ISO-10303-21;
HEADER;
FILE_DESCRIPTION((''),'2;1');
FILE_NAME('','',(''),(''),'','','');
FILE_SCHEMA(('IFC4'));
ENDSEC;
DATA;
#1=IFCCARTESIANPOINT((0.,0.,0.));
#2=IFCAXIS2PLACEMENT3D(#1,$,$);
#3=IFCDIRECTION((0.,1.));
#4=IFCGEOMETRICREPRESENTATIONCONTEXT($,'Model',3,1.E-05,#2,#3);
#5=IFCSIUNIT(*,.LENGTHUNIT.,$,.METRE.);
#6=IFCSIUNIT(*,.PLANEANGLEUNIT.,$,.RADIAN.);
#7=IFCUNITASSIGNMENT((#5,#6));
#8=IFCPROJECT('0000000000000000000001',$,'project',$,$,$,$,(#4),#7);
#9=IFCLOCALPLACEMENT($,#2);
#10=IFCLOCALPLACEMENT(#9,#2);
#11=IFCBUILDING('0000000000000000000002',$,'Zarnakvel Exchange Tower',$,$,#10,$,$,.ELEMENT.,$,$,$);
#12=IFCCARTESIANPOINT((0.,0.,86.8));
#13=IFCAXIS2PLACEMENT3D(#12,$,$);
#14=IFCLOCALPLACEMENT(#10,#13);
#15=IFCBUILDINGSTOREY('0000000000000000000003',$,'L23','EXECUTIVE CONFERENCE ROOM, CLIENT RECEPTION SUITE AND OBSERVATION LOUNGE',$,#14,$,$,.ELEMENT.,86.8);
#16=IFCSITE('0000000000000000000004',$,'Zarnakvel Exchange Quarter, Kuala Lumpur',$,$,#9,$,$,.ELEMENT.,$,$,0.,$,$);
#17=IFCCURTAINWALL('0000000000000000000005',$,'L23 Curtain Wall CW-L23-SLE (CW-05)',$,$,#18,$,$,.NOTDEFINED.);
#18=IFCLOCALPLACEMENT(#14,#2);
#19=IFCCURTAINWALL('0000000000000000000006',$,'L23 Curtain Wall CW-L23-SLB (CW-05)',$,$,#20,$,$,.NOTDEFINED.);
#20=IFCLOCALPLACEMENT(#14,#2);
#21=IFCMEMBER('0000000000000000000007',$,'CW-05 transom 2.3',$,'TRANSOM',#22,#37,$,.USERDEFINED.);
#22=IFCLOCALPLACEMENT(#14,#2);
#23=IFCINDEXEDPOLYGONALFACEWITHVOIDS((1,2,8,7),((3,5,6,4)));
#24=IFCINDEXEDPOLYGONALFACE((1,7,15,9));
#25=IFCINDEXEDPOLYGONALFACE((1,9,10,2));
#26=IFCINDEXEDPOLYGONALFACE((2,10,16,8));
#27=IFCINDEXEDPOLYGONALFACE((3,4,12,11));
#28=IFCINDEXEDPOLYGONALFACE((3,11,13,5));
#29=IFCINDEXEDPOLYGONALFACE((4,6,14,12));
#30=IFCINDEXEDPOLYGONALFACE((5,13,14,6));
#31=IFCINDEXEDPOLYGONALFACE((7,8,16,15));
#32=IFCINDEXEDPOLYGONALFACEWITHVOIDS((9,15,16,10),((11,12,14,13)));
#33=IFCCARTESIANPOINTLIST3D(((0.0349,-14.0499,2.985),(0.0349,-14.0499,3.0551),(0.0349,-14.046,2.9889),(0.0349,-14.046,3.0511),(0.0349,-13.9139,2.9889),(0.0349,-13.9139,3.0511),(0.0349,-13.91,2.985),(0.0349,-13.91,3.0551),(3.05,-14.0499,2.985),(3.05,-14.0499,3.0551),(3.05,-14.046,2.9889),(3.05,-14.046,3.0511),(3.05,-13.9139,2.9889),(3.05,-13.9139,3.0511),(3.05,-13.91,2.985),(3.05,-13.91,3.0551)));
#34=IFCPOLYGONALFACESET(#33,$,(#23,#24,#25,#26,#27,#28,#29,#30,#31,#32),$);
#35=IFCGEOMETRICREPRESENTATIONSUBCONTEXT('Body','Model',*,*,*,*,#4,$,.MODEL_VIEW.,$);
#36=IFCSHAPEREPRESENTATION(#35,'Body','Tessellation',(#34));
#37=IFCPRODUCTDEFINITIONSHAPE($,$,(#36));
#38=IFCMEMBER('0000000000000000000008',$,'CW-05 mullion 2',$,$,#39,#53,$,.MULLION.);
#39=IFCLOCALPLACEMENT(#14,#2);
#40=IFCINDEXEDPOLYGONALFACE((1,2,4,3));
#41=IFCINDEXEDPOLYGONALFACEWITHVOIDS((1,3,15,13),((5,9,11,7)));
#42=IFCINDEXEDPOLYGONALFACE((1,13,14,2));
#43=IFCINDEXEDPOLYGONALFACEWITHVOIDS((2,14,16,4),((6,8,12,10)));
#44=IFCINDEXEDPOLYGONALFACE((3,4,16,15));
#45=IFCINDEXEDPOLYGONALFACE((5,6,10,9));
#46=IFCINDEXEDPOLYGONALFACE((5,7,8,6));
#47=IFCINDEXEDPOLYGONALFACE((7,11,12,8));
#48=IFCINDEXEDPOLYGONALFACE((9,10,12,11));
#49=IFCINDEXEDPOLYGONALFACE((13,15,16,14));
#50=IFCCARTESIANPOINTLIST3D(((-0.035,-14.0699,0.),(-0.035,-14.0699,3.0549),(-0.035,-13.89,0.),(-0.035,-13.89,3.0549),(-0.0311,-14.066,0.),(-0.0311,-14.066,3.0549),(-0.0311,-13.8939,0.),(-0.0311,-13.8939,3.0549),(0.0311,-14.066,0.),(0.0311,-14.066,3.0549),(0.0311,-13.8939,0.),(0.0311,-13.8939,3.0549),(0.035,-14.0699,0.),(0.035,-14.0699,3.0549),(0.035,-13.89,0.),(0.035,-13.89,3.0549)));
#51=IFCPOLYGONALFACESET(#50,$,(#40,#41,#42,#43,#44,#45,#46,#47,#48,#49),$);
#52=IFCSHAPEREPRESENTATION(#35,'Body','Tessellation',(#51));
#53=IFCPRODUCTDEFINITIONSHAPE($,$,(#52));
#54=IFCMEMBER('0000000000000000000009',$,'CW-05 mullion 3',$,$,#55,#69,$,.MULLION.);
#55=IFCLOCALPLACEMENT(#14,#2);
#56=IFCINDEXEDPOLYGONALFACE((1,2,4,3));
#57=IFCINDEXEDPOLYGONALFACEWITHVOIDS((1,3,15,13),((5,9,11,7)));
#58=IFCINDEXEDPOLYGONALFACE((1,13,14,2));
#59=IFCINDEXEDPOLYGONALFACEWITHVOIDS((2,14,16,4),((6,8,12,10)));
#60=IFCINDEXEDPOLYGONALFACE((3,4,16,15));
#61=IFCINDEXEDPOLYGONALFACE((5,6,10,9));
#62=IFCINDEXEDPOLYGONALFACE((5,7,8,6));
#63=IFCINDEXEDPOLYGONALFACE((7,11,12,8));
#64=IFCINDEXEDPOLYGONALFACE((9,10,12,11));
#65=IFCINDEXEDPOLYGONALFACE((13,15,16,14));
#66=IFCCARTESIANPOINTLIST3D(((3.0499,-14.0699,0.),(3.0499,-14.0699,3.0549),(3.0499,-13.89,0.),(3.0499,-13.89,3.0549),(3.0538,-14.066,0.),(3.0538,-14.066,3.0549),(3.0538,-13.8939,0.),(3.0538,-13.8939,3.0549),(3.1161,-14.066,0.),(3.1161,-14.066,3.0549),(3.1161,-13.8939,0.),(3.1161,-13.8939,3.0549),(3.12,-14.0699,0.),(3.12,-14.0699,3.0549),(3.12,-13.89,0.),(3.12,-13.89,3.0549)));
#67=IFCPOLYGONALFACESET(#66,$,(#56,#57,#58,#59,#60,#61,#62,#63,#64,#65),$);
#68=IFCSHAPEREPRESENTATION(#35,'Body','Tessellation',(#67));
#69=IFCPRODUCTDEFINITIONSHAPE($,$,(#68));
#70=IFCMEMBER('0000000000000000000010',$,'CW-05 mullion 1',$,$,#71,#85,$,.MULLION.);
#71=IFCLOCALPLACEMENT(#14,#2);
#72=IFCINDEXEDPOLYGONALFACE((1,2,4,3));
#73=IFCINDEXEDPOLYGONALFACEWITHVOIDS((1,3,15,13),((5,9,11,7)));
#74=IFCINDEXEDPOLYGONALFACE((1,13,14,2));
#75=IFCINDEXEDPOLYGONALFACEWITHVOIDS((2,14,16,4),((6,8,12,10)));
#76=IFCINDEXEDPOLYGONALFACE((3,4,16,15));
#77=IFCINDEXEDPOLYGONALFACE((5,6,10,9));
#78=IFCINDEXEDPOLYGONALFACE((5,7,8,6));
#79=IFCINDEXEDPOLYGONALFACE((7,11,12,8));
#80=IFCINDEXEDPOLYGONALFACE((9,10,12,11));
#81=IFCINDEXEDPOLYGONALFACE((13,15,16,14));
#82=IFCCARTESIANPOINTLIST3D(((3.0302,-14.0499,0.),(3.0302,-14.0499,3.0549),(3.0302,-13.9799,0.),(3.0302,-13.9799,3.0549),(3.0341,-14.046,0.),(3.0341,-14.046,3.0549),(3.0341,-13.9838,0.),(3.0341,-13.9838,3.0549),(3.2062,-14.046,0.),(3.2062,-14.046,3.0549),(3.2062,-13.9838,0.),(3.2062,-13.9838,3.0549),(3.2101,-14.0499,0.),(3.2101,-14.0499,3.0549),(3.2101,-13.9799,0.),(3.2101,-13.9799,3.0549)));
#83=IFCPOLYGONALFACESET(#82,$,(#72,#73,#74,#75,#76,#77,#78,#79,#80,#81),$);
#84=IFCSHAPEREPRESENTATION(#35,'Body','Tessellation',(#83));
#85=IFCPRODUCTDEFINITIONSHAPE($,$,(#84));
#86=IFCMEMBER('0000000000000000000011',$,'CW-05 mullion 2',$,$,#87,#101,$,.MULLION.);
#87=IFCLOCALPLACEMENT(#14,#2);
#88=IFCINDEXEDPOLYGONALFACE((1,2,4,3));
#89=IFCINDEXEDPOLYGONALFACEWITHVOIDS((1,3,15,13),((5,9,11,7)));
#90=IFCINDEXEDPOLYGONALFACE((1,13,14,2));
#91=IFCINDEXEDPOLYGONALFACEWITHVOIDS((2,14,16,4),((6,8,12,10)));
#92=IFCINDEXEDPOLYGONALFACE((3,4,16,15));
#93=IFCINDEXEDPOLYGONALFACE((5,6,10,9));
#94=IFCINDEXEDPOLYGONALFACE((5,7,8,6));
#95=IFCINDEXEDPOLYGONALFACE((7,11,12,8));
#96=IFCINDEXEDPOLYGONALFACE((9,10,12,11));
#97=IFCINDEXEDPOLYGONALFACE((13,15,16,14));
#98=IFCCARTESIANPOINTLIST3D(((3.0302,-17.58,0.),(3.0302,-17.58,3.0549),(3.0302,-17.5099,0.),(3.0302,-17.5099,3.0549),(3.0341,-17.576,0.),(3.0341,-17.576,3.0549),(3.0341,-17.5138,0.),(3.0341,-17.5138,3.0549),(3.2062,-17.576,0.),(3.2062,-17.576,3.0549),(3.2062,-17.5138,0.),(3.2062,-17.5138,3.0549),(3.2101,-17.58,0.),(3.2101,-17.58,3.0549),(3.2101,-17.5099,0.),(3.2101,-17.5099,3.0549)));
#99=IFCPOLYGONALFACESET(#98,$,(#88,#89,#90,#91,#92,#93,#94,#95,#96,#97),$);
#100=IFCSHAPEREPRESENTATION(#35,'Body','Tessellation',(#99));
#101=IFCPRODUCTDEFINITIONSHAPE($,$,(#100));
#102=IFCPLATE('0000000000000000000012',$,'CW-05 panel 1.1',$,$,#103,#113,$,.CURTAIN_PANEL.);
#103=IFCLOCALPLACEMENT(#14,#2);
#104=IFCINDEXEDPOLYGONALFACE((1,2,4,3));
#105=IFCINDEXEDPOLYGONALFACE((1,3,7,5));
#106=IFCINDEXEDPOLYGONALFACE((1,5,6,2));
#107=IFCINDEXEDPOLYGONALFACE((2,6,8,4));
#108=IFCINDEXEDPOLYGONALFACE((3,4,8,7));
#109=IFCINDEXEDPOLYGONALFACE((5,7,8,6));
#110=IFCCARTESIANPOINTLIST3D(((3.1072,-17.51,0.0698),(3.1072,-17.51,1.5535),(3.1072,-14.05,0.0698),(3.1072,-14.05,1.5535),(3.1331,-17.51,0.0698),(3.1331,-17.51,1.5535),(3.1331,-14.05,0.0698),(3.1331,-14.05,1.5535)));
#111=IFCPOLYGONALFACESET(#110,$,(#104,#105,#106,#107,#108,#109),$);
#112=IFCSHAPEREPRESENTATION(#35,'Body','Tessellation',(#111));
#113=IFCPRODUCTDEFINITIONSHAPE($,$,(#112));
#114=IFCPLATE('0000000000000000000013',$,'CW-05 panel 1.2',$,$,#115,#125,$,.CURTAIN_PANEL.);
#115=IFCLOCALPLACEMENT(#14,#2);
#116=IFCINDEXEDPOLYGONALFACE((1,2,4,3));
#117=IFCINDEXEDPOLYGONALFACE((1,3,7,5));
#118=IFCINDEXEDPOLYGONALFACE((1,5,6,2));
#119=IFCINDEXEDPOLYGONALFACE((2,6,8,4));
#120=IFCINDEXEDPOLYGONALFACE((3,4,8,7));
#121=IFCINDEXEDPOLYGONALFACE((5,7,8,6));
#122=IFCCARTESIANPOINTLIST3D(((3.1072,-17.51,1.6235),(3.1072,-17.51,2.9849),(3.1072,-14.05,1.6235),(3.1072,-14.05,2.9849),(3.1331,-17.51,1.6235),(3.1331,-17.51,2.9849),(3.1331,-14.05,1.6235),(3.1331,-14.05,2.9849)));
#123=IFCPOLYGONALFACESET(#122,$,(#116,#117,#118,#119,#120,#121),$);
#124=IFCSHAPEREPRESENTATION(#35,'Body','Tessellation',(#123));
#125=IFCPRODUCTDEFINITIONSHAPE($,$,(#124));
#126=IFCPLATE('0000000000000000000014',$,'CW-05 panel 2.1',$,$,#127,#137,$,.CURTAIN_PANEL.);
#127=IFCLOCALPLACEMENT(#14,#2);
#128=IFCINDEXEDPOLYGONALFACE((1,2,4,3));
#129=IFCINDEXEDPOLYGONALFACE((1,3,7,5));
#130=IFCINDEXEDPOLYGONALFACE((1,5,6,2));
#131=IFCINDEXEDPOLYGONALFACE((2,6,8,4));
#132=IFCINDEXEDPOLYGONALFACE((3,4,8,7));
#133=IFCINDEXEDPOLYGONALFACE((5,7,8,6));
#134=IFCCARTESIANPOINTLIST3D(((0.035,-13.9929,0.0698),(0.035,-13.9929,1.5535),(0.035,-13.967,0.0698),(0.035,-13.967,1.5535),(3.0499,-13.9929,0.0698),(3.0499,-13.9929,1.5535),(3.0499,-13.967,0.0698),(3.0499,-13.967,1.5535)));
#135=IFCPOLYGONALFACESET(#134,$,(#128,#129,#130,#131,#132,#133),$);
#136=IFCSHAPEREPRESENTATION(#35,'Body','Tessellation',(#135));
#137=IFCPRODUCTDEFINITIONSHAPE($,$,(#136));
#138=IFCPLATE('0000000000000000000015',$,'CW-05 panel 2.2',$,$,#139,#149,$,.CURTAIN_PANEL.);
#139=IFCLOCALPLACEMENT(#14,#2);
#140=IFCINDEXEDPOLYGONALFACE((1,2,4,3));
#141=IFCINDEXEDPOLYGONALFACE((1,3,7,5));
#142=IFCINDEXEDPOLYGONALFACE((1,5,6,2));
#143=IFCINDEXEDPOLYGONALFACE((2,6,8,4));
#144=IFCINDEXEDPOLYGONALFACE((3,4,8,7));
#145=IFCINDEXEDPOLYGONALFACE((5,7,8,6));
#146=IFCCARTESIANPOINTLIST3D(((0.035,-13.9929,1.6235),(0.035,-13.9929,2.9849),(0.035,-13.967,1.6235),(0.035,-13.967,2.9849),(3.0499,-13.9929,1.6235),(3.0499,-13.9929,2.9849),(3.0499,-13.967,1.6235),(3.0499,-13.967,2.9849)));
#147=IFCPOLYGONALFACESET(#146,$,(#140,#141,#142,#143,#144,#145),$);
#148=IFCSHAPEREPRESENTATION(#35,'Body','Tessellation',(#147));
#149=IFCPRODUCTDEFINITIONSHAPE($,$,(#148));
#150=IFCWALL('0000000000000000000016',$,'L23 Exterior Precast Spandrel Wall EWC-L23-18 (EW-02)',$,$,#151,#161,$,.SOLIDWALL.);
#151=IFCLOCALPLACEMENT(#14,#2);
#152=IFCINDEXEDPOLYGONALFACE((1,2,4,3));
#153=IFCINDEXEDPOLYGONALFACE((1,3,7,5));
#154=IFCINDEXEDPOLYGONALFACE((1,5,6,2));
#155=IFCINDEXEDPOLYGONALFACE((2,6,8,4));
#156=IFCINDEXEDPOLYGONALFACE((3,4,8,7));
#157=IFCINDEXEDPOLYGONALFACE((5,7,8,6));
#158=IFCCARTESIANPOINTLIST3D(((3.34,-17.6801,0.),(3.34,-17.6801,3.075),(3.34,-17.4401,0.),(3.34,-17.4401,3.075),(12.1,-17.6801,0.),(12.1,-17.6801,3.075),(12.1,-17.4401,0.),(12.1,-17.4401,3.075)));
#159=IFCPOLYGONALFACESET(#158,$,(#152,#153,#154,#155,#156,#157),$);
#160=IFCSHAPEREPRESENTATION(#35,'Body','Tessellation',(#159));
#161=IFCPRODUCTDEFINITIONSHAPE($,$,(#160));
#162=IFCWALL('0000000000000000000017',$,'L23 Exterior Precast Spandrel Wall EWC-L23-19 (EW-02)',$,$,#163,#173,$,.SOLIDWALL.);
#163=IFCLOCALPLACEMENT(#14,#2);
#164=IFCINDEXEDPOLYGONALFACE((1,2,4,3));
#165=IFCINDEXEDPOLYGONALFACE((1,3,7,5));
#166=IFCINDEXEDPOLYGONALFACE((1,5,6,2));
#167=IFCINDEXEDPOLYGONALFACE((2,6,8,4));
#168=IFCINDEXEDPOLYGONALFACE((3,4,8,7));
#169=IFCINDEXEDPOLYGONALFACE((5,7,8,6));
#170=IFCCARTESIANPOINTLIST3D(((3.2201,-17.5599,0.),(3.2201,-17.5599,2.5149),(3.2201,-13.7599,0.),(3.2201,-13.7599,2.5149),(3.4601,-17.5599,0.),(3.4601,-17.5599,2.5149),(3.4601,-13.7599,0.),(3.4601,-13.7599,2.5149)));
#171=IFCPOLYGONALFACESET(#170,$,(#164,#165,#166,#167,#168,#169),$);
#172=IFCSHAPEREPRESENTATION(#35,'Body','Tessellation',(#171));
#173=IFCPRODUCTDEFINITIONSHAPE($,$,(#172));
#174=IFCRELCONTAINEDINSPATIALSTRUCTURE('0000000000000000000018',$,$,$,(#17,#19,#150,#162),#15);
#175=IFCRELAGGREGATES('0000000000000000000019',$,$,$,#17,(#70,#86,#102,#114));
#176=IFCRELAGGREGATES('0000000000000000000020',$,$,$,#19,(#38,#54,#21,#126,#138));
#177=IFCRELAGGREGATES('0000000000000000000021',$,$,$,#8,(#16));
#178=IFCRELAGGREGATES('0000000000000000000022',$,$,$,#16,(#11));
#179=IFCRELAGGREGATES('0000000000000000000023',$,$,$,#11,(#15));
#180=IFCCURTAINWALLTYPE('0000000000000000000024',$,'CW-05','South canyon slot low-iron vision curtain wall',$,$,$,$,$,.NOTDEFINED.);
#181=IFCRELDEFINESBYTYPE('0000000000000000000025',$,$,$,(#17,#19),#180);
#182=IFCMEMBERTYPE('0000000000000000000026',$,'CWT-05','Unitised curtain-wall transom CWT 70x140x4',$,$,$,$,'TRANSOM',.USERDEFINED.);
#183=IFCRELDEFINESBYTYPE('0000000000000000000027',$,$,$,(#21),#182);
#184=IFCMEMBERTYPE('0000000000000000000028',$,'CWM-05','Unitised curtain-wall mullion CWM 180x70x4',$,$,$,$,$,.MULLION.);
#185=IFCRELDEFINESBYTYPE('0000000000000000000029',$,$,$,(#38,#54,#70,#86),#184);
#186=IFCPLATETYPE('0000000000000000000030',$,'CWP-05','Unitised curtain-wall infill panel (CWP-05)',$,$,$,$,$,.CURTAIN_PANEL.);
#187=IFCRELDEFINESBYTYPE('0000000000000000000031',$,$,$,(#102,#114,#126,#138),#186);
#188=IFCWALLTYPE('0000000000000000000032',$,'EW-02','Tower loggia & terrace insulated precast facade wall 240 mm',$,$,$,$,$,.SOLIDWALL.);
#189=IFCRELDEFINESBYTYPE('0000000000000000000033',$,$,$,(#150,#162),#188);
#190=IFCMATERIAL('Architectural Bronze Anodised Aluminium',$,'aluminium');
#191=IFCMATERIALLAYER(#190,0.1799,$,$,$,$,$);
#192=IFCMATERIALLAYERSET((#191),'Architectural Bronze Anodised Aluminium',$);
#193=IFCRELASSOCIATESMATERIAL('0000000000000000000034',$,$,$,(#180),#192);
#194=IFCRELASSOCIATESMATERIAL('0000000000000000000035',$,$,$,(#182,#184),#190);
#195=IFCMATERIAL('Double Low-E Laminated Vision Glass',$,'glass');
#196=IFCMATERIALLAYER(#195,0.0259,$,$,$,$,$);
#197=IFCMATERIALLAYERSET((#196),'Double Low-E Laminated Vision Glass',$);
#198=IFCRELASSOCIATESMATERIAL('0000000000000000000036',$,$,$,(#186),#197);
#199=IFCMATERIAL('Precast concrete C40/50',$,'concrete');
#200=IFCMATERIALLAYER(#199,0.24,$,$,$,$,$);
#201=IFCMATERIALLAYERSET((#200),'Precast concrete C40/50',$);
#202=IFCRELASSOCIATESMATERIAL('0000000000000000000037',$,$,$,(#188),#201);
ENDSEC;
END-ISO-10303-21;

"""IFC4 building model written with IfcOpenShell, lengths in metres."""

from ifc_helpers import new_model, si_unit, direction, frame, frame_2d, origin, origin_2d, place, context, subcontext, project, spatial, rectangle, hollow_rectangle, extrude, source, transform, mapped, material, layer, layer_set, material_profile, profile_set, type_object, element, aggregate, save


model = new_model("IFC4")

# Units and contexts
model_context = context("Model", 3, precision=1e-05, world=origin(), true_north=direction((0.0, 1.0)))
body_context = subcontext(model_context, "Body", "Model", "MODEL_VIEW")
ifc_project = project(units=[si_unit("LENGTHUNIT", "METRE"), si_unit("PLANEANGLEUNIT", "RADIAN")], contexts=[model_context])

# Site, building, storey
site_placement = place(None, origin())
site = spatial("IfcSite", under=ifc_project, at=site_placement, Name="Zarnakvel Exchange Quarter, Kuala Lumpur", CompositionType="ELEMENT", RefElevation=0.0)
building_placement = place(site_placement, origin())
building = spatial("IfcBuilding", under=site, at=building_placement, Name="Zarnakvel Exchange Tower", CompositionType="ELEMENT")
storey_placement = place(building_placement, frame((0.0, 0.0, 86.8)))
storey = spatial("IfcBuildingStorey", under=building, at=storey_placement, Name="L23", Description="EXECUTIVE CONFERENCE ROOM, CLIENT RECEPTION SUITE AND OBSERVATION LOUNGE", CompositionType="ELEMENT", Elevation=86.8)

# Curtain walls, members
ifc_material_1 = material(Name="Architectural Bronze Anodised Aluminium", Category="aluminium")
ifc_layer_1 = layer(ifc_material_1, 0.1799)
ifc_layer_set_1 = layer_set([ifc_layer_1], Name="Architectural Bronze Anodised Aluminium")
curtain_wall_type = type_object("IfcCurtainWallType", Name="CW-05", Description="South canyon slot low-iron vision curtain wall", PredefinedType="NOTDEFINED", material=ifc_layer_set_1)
curtain_wall_1_placement = place(storey_placement, origin())
curtain_wall_1 = element("IfcCurtainWall", 1, at=curtain_wall_1_placement, inside=storey, type_object=curtain_wall_type, Name="L23 Curtain Wall CW-L23-SLE (CW-05)", PredefinedType="NOTDEFINED")
ifc_material_profile_1 = material_profile(ifc_material_1, hollow_rectangle(XDim=0.1399, YDim=0.0701, WallThickness=0.0039, at=origin_2d()))
ifc_profile_set_1 = profile_set([ifc_material_profile_1], Name="Architectural Bronze Anodised Aluminium")
member_type_1 = type_object("IfcMemberType", Name="CWT-05", Description="Unitised curtain-wall transom CWT 70x140x4", ElementType="TRANSOM", PredefinedType="USERDEFINED", material=ifc_profile_set_1)
curtain_wall_2_placement = place(storey_placement, origin())
curtain_wall_2 = element("IfcCurtainWall", 2, at=curtain_wall_2_placement, inside=storey, type_object=curtain_wall_type, Name="L23 Curtain Wall CW-L23-SLB (CW-05)", PredefinedType="NOTDEFINED")
shared_shape_1 = source(origin(), body_context, "Body", "SweptSolid", [
    extrude(hollow_rectangle(XDim=0.1399, YDim=0.0701, WallThickness=0.0039, at=origin_2d()), origin(), (0.0, 0.0, 1.0), 3.0151),
])
member_1_placement = place(storey_placement, frame((0.0349, -13.98, 3.02), z_axis=(1.0, 0.0, 0.0), x_axis=(0.0, 1.0, 0.0)))
member_1 = element("IfcMember", 3, at=member_1_placement, type_object=member_type_1, Name="CW-05 transom 2.3", ObjectType="TRANSOM", PredefinedType="USERDEFINED", context=body_context, shape_type="MappedRepresentation", body=[
    mapped(shared_shape_1, transform((0.0, 0.0, 0.0), x_axis=(1.0, 0.0, 0.0), y_axis=(0.0, 1.0, 0.0), z_axis=(0.0, 0.0, 1.0), scale=1.0)),
])
ifc_material_profile_2 = material_profile(ifc_material_1, hollow_rectangle(XDim=0.1799, YDim=0.0701, WallThickness=0.0039, at=origin_2d()))
ifc_profile_set_2 = profile_set([ifc_material_profile_2], Name="Architectural Bronze Anodised Aluminium")
member_type_2 = type_object("IfcMemberType", Name="CWM-05", Description="Unitised curtain-wall mullion CWM 180x70x4", PredefinedType="MULLION", material=ifc_profile_set_2)
shared_shape_2 = source(origin(), body_context, "Body", "SweptSolid", [
    extrude(hollow_rectangle(XDim=0.1799, YDim=0.0701, WallThickness=0.0039, at=origin_2d()), origin(), (0.0, 0.0, 1.0), 3.0549),
])
member_2_placement = place(storey_placement, frame((0.0, -13.98, 0.0), z_axis=(0.0, 0.0, 1.0), x_axis=(0.0, 1.0, 0.0)))
member_2 = element("IfcMember", 4, at=member_2_placement, type_object=member_type_2, Name="CW-05 mullion 2", PredefinedType="MULLION", context=body_context, shape_type="MappedRepresentation", body=[
    mapped(shared_shape_2, transform((0.0, 0.0, 0.0), x_axis=(1.0, 0.0, 0.0), y_axis=(0.0, 1.0, 0.0), z_axis=(0.0, 0.0, 1.0), scale=1.0)),
])
member_3_placement = place(storey_placement, frame((3.085, -13.98, 0.0), z_axis=(0.0, 0.0, 1.0), x_axis=(0.0, 1.0, 0.0)))
member_3 = element("IfcMember", 5, at=member_3_placement, type_object=member_type_2, Name="CW-05 mullion 3", PredefinedType="MULLION", context=body_context, shape_type="MappedRepresentation", body=[
    mapped(shared_shape_2, transform((0.0, 0.0, 0.0), x_axis=(1.0, 0.0, 0.0), y_axis=(0.0, 1.0, 0.0), z_axis=(0.0, 0.0, 1.0), scale=1.0)),
])

# Members
member_4_placement = place(storey_placement, frame((3.1201, -14.0149, 0.0), z_axis=(0.0, 0.0, 1.0), x_axis=(1.0, 0.0, 0.0)))
member_4 = element("IfcMember", 6, at=member_4_placement, type_object=member_type_2, Name="CW-05 mullion 1", PredefinedType="MULLION", context=body_context, shape_type="MappedRepresentation", body=[
    mapped(shared_shape_2, transform((0.0, 0.0, 0.0), x_axis=(1.0, 0.0, 0.0), y_axis=(0.0, 1.0, 0.0), z_axis=(0.0, 0.0, 1.0), scale=1.0)),
])
member_5_placement = place(storey_placement, frame((3.1201, -17.5449, 0.0), z_axis=(0.0, 0.0, 1.0), x_axis=(1.0, 0.0, 0.0)))
member_5 = element("IfcMember", 7, at=member_5_placement, type_object=member_type_2, Name="CW-05 mullion 2", PredefinedType="MULLION", context=body_context, shape_type="MappedRepresentation", body=[
    mapped(shared_shape_2, transform((0.0, 0.0, 0.0), x_axis=(1.0, 0.0, 0.0), y_axis=(0.0, 1.0, 0.0), z_axis=(0.0, 0.0, 1.0), scale=1.0)),
])

# Plates
ifc_material_2 = material(Name="Double Low-E Laminated Vision Glass", Category="glass")
ifc_layer_2 = layer(ifc_material_2, 0.0259)
ifc_layer_set_2 = layer_set([ifc_layer_2], Name="Double Low-E Laminated Vision Glass")
plate_type = type_object("IfcPlateType", Name="CWP-05", Description="Unitised curtain-wall infill panel (CWP-05)", PredefinedType="CURTAIN_PANEL", material=ifc_layer_set_2)
shared_shape_3 = source(origin(), body_context, "Body", "SweptSolid", [
    extrude(rectangle(XDim=3.46, YDim=0.0259, at=origin_2d()), origin(), (0.0, 0.0, 1.0), 1.4836),
])
plate_1_placement = place(storey_placement, frame((3.1201, -15.78, 0.0698), z_axis=(0.0, 0.0, 1.0), x_axis=(0.0, -1.0, 0.0)))
plate_1 = element("IfcPlate", 8, at=plate_1_placement, type_object=plate_type, Name="CW-05 panel 1.1", PredefinedType="CURTAIN_PANEL", context=body_context, shape_type="MappedRepresentation", body=[
    mapped(shared_shape_3, transform((0.0, 0.0, 0.0), x_axis=(1.0, 0.0, 0.0), y_axis=(0.0, 1.0, 0.0), z_axis=(0.0, 0.0, 1.0), scale=1.0)),
])
shared_shape_4 = source(origin(), body_context, "Body", "SweptSolid", [
    extrude(rectangle(XDim=3.46, YDim=0.0259, at=origin_2d()), origin(), (0.0, 0.0, 1.0), 1.3613),
])
plate_2_placement = place(storey_placement, frame((3.1201, -15.78, 1.6235), z_axis=(0.0, 0.0, 1.0), x_axis=(0.0, -1.0, 0.0)))
plate_2 = element("IfcPlate", 9, at=plate_2_placement, type_object=plate_type, Name="CW-05 panel 1.2", PredefinedType="CURTAIN_PANEL", context=body_context, shape_type="MappedRepresentation", body=[
    mapped(shared_shape_4, transform((0.0, 0.0, 0.0), x_axis=(1.0, 0.0, 0.0), y_axis=(0.0, 1.0, 0.0), z_axis=(0.0, 0.0, 1.0), scale=1.0)),
])
aggregate(curtain_wall_1, [member_4, member_5, plate_1, plate_2])
shared_shape_5 = source(origin(), body_context, "Body", "SweptSolid", [
    extrude(rectangle(XDim=3.0149, YDim=0.0259, at=origin_2d()), origin(), (0.0, 0.0, 1.0), 1.4836),
])
plate_3_placement = place(storey_placement, frame((1.5425, -13.98, 0.0698), z_axis=(0.0, 0.0, 1.0), x_axis=(1.0, 0.0, 0.0)))
plate_3 = element("IfcPlate", 10, at=plate_3_placement, type_object=plate_type, Name="CW-05 panel 2.1", PredefinedType="CURTAIN_PANEL", context=body_context, shape_type="MappedRepresentation", body=[
    mapped(shared_shape_5, transform((0.0, 0.0, 0.0), x_axis=(1.0, 0.0, 0.0), y_axis=(0.0, 1.0, 0.0), z_axis=(0.0, 0.0, 1.0), scale=1.0)),
])
shared_shape_6 = source(origin(), body_context, "Body", "SweptSolid", [
    extrude(rectangle(XDim=3.0149, YDim=0.0259, at=origin_2d()), origin(), (0.0, 0.0, 1.0), 1.3613),
])
plate_4_placement = place(storey_placement, frame((1.5425, -13.98, 1.6235), z_axis=(0.0, 0.0, 1.0), x_axis=(1.0, 0.0, 0.0)))
plate_4 = element("IfcPlate", 11, at=plate_4_placement, type_object=plate_type, Name="CW-05 panel 2.2", PredefinedType="CURTAIN_PANEL", context=body_context, shape_type="MappedRepresentation", body=[
    mapped(shared_shape_6, transform((0.0, 0.0, 0.0), x_axis=(1.0, 0.0, 0.0), y_axis=(0.0, 1.0, 0.0), z_axis=(0.0, 0.0, 1.0), scale=1.0)),
])
aggregate(curtain_wall_2, [member_2, member_3, member_1, plate_3, plate_4])

# Walls
ifc_material_3 = material(Name="Precast concrete C40/50", Category="concrete")
ifc_layer_3 = layer(ifc_material_3, 0.24)
ifc_layer_set_3 = layer_set([ifc_layer_3], Name="Precast concrete C40/50")
wall_type_1 = type_object("IfcWallType", Name="EW-02", Description="Tower loggia & terrace insulated precast facade wall 240 mm", PredefinedType="SOLIDWALL", material=ifc_layer_set_3)
wall_1_placement = place(storey_placement, frame((3.3401, -17.5601, 0.0), z_axis=(0.0, 0.0, 1.0), x_axis=(1.0, 0.0, 0.0)))
element("IfcWall", 12, at=wall_1_placement, inside=storey, type_object=wall_type_1, Name="L23 Exterior Precast Spandrel Wall EWC-L23-18 (EW-02)", PredefinedType="SOLIDWALL", context=body_context, shape_type="SweptSolid", body=[
    extrude(rectangle(XDim=8.76, YDim=0.24, at=frame_2d((4.3799, 0.0))), origin(), (0.0, 0.0, 1.0), 3.075),
])
wall_2_placement = place(storey_placement, frame((3.3401, -13.76, 0.0), z_axis=(0.0, 0.0, 1.0), x_axis=(0.0, -1.0, 0.0)))
element("IfcWall", 13, at=wall_2_placement, inside=storey, type_object=wall_type_1, Name="L23 Exterior Precast Spandrel Wall EWC-L23-19 (EW-02)", PredefinedType="SOLIDWALL", context=body_context, shape_type="SweptSolid", body=[
    extrude(rectangle(XDim=3.8, YDim=0.24, at=frame_2d((1.8999, 0.0))), origin(), (0.0, 0.0, 1.0), 2.5149),
])

save(model, "model.ifc")
